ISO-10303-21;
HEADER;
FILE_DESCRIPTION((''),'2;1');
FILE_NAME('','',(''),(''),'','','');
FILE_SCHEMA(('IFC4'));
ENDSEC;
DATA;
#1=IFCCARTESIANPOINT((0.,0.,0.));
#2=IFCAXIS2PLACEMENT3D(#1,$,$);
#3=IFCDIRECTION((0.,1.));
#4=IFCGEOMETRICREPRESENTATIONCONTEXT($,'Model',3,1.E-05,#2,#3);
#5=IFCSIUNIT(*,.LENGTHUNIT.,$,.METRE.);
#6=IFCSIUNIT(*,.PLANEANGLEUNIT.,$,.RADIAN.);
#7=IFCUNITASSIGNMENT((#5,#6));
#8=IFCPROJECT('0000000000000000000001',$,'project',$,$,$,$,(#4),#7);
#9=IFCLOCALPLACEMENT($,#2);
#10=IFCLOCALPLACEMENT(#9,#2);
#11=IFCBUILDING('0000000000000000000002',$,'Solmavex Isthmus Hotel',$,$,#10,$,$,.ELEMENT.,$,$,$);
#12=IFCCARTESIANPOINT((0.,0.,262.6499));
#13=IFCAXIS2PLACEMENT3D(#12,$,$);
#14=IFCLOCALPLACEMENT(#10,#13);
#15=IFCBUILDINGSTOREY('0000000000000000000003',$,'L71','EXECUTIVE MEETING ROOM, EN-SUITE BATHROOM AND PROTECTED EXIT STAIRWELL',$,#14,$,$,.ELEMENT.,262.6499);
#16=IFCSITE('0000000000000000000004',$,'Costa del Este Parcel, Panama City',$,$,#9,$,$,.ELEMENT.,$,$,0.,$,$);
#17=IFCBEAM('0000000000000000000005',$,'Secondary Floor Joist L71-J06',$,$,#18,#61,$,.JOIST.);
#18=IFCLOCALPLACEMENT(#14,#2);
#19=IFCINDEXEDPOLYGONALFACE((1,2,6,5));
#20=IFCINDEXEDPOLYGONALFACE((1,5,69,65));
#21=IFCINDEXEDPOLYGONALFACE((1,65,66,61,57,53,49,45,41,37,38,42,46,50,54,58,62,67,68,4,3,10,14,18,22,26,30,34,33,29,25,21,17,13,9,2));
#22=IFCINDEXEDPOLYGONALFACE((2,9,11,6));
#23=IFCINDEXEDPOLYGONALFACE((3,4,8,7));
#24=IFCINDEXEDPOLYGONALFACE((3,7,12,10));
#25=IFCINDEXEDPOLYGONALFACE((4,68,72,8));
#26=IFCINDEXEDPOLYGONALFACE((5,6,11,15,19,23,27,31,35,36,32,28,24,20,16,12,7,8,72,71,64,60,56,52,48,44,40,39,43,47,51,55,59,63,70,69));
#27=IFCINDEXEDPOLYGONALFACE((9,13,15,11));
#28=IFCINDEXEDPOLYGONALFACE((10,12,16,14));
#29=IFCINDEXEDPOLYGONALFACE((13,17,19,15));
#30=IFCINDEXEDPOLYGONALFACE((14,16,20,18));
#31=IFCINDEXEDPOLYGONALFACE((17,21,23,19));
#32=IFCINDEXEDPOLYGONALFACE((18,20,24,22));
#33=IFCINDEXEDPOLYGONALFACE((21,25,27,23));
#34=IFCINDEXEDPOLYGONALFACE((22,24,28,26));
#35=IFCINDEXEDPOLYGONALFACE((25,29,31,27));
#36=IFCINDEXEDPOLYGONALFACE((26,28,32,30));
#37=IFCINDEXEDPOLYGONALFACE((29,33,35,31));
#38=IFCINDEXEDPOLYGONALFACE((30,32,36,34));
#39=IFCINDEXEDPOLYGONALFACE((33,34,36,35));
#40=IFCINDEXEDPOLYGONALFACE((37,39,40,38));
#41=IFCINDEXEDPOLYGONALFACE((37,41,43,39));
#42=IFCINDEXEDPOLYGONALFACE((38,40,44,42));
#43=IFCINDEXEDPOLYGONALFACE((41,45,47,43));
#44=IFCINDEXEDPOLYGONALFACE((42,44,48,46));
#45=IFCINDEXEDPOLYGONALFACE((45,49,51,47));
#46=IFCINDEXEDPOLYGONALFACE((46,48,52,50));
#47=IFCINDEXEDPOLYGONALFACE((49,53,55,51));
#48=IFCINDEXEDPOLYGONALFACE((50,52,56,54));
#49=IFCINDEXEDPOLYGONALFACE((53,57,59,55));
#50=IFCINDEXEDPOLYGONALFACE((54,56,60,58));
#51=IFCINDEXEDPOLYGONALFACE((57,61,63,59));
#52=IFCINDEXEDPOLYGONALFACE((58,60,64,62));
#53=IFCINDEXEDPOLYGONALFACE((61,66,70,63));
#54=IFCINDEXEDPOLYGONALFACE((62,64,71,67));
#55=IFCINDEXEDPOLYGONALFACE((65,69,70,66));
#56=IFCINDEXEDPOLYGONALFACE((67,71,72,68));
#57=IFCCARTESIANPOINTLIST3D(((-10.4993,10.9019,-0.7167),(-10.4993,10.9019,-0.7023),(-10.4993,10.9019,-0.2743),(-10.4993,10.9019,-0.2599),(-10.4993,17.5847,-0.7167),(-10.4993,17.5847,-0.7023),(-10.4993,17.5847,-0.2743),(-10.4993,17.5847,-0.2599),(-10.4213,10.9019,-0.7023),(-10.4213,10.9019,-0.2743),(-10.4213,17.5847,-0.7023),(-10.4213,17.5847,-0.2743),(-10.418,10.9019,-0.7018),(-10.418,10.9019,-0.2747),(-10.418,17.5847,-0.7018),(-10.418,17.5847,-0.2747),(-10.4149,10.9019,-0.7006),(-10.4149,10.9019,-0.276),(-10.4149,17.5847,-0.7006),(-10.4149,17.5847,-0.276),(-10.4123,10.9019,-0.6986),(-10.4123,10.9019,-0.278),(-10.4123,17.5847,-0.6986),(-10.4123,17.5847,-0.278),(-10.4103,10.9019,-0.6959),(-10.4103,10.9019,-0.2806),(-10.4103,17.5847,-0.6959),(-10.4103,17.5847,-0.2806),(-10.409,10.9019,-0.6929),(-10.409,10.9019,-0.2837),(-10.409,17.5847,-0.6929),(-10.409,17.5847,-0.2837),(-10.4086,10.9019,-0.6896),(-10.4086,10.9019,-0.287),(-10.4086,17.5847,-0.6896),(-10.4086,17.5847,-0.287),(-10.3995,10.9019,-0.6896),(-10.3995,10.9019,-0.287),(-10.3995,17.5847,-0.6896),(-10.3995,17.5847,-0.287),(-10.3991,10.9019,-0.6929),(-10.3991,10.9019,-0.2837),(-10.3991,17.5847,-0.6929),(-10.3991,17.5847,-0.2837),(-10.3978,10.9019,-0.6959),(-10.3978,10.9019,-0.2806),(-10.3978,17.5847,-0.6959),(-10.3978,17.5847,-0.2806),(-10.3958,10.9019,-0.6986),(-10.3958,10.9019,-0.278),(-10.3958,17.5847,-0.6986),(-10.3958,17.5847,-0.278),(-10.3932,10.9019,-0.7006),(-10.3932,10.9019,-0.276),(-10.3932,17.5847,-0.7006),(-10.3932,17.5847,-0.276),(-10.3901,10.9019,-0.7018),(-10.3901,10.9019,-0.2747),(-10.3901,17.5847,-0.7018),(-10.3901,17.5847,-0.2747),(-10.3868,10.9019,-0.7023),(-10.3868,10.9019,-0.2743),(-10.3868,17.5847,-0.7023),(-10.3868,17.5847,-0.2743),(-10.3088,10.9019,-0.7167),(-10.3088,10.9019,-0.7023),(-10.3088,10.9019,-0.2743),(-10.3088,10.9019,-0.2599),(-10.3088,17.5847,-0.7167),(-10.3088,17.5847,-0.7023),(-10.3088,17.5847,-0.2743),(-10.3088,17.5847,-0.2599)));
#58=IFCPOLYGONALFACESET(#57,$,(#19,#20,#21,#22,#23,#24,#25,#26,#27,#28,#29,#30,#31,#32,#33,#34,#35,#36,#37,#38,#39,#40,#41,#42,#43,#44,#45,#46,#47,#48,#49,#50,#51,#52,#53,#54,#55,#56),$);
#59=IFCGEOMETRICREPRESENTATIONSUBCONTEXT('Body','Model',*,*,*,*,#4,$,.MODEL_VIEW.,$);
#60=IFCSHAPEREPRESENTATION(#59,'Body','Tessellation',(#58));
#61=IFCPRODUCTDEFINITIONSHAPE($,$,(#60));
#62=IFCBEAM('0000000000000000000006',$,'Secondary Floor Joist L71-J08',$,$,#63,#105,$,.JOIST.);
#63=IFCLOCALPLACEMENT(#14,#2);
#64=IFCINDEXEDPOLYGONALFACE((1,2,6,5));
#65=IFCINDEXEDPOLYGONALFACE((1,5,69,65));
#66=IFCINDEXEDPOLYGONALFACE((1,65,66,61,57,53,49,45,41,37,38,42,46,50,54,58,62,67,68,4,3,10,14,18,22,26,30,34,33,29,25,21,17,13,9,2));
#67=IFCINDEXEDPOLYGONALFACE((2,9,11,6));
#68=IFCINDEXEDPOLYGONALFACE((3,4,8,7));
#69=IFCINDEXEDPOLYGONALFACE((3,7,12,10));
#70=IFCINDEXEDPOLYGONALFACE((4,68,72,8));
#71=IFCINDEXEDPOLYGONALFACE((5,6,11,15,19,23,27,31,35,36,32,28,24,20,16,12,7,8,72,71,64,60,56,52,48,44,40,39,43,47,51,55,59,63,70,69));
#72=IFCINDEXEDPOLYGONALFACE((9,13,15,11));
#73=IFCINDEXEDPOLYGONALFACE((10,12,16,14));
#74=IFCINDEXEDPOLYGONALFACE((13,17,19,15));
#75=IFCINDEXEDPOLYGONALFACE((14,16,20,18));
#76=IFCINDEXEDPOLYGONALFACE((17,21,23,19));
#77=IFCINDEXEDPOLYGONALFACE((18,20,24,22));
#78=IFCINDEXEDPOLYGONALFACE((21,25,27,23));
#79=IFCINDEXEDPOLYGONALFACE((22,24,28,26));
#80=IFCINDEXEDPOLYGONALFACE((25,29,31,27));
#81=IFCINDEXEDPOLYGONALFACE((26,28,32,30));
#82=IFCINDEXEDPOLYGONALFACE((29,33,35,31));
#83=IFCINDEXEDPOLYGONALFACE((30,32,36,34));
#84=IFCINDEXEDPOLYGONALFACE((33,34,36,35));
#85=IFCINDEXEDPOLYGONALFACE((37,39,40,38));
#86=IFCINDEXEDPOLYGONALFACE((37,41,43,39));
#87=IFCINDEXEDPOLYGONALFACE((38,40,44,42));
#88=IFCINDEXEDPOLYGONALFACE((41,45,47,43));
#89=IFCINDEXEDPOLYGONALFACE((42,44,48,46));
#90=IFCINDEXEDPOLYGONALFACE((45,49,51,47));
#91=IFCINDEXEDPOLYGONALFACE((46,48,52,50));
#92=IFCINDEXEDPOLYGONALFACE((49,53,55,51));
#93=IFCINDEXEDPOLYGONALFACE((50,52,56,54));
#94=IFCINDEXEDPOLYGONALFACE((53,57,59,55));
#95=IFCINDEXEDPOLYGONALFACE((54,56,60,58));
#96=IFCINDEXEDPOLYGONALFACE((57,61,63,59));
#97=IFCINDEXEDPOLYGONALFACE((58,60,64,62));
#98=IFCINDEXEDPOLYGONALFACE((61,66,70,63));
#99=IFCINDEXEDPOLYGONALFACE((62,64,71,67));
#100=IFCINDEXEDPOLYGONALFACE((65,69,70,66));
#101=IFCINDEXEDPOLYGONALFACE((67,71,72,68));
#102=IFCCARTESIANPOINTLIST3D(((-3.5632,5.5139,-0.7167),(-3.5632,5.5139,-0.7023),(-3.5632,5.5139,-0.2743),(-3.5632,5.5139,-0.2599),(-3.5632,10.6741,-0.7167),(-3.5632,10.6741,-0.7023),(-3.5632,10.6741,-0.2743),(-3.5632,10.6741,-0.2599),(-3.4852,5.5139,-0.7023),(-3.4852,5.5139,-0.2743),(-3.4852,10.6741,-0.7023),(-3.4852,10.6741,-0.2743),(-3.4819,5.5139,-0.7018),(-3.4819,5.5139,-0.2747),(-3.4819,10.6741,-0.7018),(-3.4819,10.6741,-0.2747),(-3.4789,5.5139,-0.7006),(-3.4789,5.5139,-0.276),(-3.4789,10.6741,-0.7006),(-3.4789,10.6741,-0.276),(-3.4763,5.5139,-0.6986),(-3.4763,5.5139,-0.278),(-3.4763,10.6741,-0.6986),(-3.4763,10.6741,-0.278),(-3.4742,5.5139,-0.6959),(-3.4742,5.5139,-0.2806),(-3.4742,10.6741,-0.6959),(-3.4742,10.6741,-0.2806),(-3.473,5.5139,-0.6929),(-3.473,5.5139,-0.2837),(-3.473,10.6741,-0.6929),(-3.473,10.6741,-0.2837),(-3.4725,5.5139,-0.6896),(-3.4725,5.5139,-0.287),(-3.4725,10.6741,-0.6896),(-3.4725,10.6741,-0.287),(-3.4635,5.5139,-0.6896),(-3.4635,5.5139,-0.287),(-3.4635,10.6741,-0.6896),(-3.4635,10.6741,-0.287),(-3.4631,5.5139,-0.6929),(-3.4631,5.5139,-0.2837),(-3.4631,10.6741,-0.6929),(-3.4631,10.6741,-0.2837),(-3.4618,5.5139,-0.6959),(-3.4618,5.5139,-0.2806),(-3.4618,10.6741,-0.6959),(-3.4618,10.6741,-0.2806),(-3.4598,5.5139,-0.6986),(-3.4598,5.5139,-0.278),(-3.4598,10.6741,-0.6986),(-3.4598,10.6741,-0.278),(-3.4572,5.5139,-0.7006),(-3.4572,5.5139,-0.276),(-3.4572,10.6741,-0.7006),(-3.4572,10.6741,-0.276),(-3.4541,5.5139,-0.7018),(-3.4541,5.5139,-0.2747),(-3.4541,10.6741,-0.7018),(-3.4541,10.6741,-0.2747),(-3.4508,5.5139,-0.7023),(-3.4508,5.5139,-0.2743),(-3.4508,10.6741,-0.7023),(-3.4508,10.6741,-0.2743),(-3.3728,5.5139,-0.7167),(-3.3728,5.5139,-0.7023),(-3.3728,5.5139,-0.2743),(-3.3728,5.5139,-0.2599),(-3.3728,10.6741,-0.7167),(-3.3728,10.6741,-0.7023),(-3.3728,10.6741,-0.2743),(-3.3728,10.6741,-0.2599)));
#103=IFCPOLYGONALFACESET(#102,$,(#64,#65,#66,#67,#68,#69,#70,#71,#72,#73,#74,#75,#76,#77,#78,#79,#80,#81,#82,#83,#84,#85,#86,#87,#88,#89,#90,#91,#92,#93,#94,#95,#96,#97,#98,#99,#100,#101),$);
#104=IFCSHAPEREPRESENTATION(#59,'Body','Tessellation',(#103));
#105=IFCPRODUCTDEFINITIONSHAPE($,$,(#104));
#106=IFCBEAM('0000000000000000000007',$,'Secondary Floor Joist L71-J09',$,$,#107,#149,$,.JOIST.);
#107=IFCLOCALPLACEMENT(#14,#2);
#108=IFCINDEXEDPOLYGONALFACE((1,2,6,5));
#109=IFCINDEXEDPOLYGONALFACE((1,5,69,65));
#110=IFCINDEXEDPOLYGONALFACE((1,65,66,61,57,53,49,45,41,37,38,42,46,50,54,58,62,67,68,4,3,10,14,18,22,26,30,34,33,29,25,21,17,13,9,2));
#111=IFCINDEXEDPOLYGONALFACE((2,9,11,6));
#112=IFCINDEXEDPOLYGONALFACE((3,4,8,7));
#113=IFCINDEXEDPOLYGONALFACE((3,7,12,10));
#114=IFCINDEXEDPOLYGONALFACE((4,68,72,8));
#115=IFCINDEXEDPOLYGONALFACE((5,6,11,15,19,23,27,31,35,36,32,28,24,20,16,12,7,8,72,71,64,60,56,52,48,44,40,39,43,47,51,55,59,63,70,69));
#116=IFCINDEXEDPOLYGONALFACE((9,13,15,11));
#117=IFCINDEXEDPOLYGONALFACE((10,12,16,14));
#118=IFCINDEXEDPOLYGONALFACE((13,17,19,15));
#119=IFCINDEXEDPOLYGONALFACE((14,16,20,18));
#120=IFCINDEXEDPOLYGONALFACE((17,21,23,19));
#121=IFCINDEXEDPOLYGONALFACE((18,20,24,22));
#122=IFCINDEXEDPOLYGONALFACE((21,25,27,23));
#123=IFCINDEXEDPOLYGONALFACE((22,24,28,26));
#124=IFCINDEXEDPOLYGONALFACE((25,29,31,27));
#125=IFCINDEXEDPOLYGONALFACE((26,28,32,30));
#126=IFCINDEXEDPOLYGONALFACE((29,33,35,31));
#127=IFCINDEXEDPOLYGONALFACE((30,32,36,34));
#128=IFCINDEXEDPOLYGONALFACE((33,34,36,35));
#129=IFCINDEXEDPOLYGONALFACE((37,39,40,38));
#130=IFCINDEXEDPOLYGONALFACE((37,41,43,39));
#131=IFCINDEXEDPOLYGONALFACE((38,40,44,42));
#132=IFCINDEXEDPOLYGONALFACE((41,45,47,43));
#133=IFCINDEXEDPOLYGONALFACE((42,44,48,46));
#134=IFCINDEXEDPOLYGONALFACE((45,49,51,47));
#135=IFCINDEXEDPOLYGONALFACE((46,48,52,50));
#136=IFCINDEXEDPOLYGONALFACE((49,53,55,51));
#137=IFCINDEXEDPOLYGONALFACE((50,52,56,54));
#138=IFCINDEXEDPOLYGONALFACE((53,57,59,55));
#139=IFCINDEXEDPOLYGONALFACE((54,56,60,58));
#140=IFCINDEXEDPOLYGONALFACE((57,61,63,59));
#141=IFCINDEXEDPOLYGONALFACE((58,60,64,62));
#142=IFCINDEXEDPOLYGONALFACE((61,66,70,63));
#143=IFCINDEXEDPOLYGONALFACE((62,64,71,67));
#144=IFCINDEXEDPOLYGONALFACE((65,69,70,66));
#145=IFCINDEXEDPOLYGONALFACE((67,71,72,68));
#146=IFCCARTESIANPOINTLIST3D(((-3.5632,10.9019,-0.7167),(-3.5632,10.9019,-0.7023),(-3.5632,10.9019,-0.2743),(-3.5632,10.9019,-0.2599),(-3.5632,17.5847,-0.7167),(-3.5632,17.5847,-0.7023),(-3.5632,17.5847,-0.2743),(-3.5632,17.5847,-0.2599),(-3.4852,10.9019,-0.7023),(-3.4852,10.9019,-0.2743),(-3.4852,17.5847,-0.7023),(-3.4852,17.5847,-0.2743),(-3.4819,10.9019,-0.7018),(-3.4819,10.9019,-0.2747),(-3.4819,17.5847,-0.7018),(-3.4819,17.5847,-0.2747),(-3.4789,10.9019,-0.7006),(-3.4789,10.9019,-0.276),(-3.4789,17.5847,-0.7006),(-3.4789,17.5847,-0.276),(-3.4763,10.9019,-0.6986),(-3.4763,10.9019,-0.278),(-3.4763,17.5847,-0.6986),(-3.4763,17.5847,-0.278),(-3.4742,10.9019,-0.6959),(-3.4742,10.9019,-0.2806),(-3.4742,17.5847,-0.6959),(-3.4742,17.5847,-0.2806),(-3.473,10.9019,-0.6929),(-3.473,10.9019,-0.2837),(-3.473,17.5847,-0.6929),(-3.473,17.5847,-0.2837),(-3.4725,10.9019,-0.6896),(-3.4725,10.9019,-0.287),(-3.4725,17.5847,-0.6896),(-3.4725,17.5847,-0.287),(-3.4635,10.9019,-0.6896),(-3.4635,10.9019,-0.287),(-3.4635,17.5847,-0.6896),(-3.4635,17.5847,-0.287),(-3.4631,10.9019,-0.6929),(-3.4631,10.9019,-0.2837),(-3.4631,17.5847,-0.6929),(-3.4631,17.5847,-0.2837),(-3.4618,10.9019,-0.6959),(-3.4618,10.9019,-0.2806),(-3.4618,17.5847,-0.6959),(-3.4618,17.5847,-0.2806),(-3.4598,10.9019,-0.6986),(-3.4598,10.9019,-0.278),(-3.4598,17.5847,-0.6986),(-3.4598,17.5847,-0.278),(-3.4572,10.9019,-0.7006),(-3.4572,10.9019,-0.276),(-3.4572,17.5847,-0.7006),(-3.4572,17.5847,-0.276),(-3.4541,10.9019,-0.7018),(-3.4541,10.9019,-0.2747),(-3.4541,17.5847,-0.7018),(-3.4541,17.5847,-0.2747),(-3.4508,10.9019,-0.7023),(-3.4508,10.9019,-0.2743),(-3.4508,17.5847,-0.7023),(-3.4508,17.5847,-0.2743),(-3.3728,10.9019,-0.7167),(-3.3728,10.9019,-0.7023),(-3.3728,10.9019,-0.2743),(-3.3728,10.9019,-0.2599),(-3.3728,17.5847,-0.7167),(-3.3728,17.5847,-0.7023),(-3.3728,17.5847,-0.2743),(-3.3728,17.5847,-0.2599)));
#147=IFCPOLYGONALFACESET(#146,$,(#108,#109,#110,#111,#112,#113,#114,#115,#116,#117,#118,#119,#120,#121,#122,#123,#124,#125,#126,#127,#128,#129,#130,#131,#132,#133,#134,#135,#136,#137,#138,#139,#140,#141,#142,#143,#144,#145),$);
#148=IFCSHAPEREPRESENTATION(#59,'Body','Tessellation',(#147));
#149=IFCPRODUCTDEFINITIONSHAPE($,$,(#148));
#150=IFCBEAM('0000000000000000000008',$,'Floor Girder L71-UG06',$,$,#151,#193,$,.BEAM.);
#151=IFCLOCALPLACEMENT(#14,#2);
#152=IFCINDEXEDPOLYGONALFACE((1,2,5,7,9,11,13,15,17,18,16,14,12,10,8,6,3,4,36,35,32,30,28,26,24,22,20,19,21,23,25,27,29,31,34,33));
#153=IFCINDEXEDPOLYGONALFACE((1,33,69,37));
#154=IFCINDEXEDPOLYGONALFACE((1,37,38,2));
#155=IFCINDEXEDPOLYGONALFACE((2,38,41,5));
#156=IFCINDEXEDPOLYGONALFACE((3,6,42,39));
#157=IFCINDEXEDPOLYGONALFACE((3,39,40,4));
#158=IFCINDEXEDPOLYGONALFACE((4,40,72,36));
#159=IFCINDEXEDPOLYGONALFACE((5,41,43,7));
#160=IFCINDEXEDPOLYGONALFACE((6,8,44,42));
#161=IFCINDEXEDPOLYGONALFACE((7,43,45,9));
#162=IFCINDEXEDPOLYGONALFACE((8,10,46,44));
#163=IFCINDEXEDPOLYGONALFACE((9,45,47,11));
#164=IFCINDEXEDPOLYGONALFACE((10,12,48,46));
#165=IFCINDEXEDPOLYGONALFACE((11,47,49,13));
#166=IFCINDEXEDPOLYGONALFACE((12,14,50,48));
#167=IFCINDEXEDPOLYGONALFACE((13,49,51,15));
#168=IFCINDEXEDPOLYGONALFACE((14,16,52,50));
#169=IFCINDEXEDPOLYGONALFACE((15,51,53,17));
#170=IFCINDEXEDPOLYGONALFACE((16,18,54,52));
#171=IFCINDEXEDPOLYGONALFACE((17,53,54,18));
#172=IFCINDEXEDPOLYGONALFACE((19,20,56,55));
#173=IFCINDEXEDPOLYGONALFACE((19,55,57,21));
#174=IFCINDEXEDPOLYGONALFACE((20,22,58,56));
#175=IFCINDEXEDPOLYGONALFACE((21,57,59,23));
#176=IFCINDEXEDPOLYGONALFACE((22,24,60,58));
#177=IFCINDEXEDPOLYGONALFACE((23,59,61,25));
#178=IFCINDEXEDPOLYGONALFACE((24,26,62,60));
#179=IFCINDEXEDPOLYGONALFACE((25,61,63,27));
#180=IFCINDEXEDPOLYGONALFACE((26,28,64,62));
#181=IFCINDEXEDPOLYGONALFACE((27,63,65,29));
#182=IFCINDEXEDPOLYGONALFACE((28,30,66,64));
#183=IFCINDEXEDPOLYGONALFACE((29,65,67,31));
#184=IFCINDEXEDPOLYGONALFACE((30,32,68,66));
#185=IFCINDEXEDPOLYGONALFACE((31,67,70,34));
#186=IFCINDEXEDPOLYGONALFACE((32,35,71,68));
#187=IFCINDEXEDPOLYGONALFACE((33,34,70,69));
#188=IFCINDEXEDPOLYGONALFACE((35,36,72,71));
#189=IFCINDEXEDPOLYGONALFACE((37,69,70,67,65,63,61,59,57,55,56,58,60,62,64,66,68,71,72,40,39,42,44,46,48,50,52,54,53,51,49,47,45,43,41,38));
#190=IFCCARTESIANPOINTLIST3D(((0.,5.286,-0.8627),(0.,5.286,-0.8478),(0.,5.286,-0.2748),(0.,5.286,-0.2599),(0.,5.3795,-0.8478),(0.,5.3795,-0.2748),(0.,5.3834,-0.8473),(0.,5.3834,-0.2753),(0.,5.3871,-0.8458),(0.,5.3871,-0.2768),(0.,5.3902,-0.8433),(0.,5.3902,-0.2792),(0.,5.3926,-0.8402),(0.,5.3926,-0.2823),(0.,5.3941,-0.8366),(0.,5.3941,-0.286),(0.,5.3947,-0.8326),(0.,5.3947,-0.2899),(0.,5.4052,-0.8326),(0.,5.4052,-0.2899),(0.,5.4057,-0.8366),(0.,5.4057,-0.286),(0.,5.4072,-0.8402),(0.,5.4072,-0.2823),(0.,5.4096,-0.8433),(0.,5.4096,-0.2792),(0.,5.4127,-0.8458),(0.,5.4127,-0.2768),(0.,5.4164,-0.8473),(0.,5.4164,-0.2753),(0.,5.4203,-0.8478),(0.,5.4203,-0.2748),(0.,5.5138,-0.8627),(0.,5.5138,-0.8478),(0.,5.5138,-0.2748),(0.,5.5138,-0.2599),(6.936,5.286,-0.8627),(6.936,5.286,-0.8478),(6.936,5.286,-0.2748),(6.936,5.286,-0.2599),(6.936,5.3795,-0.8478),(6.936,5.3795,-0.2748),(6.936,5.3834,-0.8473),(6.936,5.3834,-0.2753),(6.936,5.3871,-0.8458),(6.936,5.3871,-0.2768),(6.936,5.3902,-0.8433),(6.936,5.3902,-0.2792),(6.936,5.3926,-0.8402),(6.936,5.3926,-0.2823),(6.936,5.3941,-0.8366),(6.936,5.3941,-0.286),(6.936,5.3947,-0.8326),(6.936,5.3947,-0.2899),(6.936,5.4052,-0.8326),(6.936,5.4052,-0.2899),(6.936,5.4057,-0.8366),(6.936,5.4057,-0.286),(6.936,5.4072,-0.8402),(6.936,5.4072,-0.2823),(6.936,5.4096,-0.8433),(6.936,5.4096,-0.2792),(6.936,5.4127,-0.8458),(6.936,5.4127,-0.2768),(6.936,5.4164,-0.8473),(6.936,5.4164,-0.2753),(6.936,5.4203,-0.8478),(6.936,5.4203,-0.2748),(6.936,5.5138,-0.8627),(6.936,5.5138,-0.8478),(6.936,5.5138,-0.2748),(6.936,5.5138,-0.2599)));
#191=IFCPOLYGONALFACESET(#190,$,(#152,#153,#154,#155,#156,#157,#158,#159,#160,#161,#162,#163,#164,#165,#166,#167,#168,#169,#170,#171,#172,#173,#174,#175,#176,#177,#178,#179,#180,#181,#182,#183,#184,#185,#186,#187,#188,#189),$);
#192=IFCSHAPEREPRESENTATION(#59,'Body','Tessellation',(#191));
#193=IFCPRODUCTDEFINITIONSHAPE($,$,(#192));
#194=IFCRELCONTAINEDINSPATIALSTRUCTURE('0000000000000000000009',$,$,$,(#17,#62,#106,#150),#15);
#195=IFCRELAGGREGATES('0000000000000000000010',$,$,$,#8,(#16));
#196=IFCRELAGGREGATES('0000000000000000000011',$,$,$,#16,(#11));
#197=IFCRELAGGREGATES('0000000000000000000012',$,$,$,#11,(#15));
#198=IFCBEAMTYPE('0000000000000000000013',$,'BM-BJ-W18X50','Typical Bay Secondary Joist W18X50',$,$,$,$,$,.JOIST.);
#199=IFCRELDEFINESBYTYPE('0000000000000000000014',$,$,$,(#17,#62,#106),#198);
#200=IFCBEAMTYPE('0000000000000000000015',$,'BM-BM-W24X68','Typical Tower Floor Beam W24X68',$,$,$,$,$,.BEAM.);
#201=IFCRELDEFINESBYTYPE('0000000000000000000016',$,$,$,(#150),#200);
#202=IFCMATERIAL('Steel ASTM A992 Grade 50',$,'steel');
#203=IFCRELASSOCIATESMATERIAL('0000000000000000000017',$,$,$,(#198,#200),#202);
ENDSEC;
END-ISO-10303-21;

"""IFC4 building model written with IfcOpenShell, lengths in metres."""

from ifc_helpers import new_model, si_unit, direction, frame, origin, origin_2d, place, context, subcontext, project, spatial, i_section, extrude, material, material_profile, profile_set, type_object, element, save


model = new_model("IFC4")

# Units and contexts
model_context = context("Model", 3, precision=1e-05, world=origin(), true_north=direction((0.0, 1.0)))
body_context = subcontext(model_context, "Body", "Model", "MODEL_VIEW")
ifc_project = project(units=[si_unit("LENGTHUNIT", "METRE"), si_unit("PLANEANGLEUNIT", "RADIAN")], contexts=[model_context])

# Site, building, storey
site_placement = place(None, origin())
site = spatial("IfcSite", under=ifc_project, at=site_placement, Name="Costa del Este Parcel, Panama City", CompositionType="ELEMENT", RefElevation=0.0)
building_placement = place(site_placement, origin())
building = spatial("IfcBuilding", under=site, at=building_placement, Name="Solmavex Isthmus Hotel", CompositionType="ELEMENT")
storey_placement = place(building_placement, frame((0.0, 0.0, 262.6499)))
storey = spatial("IfcBuildingStorey", under=building, at=storey_placement, Name="L71", Description="EXECUTIVE MEETING ROOM, EN-SUITE BATHROOM AND PROTECTED EXIT STAIRWELL", CompositionType="ELEMENT", Elevation=262.6499)

# Beams
ifc_material_1 = material(Name="Steel ASTM A992 Grade 50", Category="steel")
ifc_material_profile_1 = material_profile(ifc_material_1, i_section(OverallWidth=0.1904, OverallDepth=0.4568, WebThickness=0.009, FlangeThickness=0.0144, FilletRadius=0.0127, at=origin_2d()), Name="W18X50")
ifc_profile_set_1 = profile_set([ifc_material_profile_1], Name="Steel ASTM A992 Grade 50")
beam_type_1 = type_object("IfcBeamType", Name="BM-BJ-W18X50", Description="Typical Bay Secondary Joist W18X50", PredefinedType="JOIST", material=ifc_profile_set_1)
beam_1_placement = place(storey_placement, frame((-10.4041, 10.9019, -0.4883), z_axis=(0.0, 1.0, 0.0), x_axis=(-1.0, 0.0, 0.0)))
element("IfcBeam", 1, at=beam_1_placement, inside=storey, type_object=beam_type_1, Name="Secondary Floor Joist L71-J06", PredefinedType="JOIST", context=body_context, shape_type="SweptSolid", body=[
    extrude(i_section(OverallWidth=0.1904, OverallDepth=0.4568, WebThickness=0.009, FlangeThickness=0.0144, FilletRadius=0.0127, at=origin_2d()), origin(), (0.0, 0.0, 1.0), 6.6829),
])
beam_2_placement = place(storey_placement, frame((-3.468, 5.5139, -0.4883), z_axis=(0.0, 1.0, 0.0), x_axis=(-1.0, 0.0, 0.0)))
element("IfcBeam", 2, at=beam_2_placement, inside=storey, type_object=beam_type_1, Name="Secondary Floor Joist L71-J08", PredefinedType="JOIST", context=body_context, shape_type="SweptSolid", body=[
    extrude(i_section(OverallWidth=0.1904, OverallDepth=0.4568, WebThickness=0.009, FlangeThickness=0.0144, FilletRadius=0.0127, at=origin_2d()), origin(), (0.0, 0.0, 1.0), 5.1602),
])
beam_3_placement = place(storey_placement, frame((-3.468, 10.9019, -0.4883), z_axis=(0.0, 1.0, 0.0), x_axis=(-1.0, 0.0, 0.0)))
element("IfcBeam", 3, at=beam_3_placement, inside=storey, type_object=beam_type_1, Name="Secondary Floor Joist L71-J09", PredefinedType="JOIST", context=body_context, shape_type="SweptSolid", body=[
    extrude(i_section(OverallWidth=0.1904, OverallDepth=0.4568, WebThickness=0.009, FlangeThickness=0.0144, FilletRadius=0.0127, at=origin_2d()), origin(), (0.0, 0.0, 1.0), 6.6829),
])
ifc_material_profile_2 = material_profile(ifc_material_1, i_section(OverallWidth=0.2278, OverallDepth=0.6028, WebThickness=0.0105, FlangeThickness=0.0149, FilletRadius=0.0151, at=origin_2d()), Name="W24X68")
ifc_profile_set_2 = profile_set([ifc_material_profile_2], Name="Steel ASTM A992 Grade 50")
beam_type_2 = type_object("IfcBeamType", Name="BM-BM-W24X68", Description="Typical Tower Floor Beam W24X68", PredefinedType="BEAM", material=ifc_profile_set_2)
for number, where, z_axis, x_axis, name in (
    (4, (0.0, 5.3999, -0.5613), (1.0, 0.0, 0.0), (0.0, 1.0, 0.0), "Floor Girder L71-UG06"),
):
    element("IfcBeam", number, at=place(storey_placement, frame(where, z_axis=z_axis, x_axis=x_axis)), inside=storey, type_object=beam_type_2, Name=name, PredefinedType="BEAM", context=body_context, shape_type="SweptSolid", body=[
        extrude(i_section(OverallWidth=0.2278, OverallDepth=0.6028, WebThickness=0.0105, FlangeThickness=0.0149, FilletRadius=0.0151, at=origin_2d()), origin(), (0.0, 0.0, 1.0), 6.936),
    ])

save(model, "model.ifc")
